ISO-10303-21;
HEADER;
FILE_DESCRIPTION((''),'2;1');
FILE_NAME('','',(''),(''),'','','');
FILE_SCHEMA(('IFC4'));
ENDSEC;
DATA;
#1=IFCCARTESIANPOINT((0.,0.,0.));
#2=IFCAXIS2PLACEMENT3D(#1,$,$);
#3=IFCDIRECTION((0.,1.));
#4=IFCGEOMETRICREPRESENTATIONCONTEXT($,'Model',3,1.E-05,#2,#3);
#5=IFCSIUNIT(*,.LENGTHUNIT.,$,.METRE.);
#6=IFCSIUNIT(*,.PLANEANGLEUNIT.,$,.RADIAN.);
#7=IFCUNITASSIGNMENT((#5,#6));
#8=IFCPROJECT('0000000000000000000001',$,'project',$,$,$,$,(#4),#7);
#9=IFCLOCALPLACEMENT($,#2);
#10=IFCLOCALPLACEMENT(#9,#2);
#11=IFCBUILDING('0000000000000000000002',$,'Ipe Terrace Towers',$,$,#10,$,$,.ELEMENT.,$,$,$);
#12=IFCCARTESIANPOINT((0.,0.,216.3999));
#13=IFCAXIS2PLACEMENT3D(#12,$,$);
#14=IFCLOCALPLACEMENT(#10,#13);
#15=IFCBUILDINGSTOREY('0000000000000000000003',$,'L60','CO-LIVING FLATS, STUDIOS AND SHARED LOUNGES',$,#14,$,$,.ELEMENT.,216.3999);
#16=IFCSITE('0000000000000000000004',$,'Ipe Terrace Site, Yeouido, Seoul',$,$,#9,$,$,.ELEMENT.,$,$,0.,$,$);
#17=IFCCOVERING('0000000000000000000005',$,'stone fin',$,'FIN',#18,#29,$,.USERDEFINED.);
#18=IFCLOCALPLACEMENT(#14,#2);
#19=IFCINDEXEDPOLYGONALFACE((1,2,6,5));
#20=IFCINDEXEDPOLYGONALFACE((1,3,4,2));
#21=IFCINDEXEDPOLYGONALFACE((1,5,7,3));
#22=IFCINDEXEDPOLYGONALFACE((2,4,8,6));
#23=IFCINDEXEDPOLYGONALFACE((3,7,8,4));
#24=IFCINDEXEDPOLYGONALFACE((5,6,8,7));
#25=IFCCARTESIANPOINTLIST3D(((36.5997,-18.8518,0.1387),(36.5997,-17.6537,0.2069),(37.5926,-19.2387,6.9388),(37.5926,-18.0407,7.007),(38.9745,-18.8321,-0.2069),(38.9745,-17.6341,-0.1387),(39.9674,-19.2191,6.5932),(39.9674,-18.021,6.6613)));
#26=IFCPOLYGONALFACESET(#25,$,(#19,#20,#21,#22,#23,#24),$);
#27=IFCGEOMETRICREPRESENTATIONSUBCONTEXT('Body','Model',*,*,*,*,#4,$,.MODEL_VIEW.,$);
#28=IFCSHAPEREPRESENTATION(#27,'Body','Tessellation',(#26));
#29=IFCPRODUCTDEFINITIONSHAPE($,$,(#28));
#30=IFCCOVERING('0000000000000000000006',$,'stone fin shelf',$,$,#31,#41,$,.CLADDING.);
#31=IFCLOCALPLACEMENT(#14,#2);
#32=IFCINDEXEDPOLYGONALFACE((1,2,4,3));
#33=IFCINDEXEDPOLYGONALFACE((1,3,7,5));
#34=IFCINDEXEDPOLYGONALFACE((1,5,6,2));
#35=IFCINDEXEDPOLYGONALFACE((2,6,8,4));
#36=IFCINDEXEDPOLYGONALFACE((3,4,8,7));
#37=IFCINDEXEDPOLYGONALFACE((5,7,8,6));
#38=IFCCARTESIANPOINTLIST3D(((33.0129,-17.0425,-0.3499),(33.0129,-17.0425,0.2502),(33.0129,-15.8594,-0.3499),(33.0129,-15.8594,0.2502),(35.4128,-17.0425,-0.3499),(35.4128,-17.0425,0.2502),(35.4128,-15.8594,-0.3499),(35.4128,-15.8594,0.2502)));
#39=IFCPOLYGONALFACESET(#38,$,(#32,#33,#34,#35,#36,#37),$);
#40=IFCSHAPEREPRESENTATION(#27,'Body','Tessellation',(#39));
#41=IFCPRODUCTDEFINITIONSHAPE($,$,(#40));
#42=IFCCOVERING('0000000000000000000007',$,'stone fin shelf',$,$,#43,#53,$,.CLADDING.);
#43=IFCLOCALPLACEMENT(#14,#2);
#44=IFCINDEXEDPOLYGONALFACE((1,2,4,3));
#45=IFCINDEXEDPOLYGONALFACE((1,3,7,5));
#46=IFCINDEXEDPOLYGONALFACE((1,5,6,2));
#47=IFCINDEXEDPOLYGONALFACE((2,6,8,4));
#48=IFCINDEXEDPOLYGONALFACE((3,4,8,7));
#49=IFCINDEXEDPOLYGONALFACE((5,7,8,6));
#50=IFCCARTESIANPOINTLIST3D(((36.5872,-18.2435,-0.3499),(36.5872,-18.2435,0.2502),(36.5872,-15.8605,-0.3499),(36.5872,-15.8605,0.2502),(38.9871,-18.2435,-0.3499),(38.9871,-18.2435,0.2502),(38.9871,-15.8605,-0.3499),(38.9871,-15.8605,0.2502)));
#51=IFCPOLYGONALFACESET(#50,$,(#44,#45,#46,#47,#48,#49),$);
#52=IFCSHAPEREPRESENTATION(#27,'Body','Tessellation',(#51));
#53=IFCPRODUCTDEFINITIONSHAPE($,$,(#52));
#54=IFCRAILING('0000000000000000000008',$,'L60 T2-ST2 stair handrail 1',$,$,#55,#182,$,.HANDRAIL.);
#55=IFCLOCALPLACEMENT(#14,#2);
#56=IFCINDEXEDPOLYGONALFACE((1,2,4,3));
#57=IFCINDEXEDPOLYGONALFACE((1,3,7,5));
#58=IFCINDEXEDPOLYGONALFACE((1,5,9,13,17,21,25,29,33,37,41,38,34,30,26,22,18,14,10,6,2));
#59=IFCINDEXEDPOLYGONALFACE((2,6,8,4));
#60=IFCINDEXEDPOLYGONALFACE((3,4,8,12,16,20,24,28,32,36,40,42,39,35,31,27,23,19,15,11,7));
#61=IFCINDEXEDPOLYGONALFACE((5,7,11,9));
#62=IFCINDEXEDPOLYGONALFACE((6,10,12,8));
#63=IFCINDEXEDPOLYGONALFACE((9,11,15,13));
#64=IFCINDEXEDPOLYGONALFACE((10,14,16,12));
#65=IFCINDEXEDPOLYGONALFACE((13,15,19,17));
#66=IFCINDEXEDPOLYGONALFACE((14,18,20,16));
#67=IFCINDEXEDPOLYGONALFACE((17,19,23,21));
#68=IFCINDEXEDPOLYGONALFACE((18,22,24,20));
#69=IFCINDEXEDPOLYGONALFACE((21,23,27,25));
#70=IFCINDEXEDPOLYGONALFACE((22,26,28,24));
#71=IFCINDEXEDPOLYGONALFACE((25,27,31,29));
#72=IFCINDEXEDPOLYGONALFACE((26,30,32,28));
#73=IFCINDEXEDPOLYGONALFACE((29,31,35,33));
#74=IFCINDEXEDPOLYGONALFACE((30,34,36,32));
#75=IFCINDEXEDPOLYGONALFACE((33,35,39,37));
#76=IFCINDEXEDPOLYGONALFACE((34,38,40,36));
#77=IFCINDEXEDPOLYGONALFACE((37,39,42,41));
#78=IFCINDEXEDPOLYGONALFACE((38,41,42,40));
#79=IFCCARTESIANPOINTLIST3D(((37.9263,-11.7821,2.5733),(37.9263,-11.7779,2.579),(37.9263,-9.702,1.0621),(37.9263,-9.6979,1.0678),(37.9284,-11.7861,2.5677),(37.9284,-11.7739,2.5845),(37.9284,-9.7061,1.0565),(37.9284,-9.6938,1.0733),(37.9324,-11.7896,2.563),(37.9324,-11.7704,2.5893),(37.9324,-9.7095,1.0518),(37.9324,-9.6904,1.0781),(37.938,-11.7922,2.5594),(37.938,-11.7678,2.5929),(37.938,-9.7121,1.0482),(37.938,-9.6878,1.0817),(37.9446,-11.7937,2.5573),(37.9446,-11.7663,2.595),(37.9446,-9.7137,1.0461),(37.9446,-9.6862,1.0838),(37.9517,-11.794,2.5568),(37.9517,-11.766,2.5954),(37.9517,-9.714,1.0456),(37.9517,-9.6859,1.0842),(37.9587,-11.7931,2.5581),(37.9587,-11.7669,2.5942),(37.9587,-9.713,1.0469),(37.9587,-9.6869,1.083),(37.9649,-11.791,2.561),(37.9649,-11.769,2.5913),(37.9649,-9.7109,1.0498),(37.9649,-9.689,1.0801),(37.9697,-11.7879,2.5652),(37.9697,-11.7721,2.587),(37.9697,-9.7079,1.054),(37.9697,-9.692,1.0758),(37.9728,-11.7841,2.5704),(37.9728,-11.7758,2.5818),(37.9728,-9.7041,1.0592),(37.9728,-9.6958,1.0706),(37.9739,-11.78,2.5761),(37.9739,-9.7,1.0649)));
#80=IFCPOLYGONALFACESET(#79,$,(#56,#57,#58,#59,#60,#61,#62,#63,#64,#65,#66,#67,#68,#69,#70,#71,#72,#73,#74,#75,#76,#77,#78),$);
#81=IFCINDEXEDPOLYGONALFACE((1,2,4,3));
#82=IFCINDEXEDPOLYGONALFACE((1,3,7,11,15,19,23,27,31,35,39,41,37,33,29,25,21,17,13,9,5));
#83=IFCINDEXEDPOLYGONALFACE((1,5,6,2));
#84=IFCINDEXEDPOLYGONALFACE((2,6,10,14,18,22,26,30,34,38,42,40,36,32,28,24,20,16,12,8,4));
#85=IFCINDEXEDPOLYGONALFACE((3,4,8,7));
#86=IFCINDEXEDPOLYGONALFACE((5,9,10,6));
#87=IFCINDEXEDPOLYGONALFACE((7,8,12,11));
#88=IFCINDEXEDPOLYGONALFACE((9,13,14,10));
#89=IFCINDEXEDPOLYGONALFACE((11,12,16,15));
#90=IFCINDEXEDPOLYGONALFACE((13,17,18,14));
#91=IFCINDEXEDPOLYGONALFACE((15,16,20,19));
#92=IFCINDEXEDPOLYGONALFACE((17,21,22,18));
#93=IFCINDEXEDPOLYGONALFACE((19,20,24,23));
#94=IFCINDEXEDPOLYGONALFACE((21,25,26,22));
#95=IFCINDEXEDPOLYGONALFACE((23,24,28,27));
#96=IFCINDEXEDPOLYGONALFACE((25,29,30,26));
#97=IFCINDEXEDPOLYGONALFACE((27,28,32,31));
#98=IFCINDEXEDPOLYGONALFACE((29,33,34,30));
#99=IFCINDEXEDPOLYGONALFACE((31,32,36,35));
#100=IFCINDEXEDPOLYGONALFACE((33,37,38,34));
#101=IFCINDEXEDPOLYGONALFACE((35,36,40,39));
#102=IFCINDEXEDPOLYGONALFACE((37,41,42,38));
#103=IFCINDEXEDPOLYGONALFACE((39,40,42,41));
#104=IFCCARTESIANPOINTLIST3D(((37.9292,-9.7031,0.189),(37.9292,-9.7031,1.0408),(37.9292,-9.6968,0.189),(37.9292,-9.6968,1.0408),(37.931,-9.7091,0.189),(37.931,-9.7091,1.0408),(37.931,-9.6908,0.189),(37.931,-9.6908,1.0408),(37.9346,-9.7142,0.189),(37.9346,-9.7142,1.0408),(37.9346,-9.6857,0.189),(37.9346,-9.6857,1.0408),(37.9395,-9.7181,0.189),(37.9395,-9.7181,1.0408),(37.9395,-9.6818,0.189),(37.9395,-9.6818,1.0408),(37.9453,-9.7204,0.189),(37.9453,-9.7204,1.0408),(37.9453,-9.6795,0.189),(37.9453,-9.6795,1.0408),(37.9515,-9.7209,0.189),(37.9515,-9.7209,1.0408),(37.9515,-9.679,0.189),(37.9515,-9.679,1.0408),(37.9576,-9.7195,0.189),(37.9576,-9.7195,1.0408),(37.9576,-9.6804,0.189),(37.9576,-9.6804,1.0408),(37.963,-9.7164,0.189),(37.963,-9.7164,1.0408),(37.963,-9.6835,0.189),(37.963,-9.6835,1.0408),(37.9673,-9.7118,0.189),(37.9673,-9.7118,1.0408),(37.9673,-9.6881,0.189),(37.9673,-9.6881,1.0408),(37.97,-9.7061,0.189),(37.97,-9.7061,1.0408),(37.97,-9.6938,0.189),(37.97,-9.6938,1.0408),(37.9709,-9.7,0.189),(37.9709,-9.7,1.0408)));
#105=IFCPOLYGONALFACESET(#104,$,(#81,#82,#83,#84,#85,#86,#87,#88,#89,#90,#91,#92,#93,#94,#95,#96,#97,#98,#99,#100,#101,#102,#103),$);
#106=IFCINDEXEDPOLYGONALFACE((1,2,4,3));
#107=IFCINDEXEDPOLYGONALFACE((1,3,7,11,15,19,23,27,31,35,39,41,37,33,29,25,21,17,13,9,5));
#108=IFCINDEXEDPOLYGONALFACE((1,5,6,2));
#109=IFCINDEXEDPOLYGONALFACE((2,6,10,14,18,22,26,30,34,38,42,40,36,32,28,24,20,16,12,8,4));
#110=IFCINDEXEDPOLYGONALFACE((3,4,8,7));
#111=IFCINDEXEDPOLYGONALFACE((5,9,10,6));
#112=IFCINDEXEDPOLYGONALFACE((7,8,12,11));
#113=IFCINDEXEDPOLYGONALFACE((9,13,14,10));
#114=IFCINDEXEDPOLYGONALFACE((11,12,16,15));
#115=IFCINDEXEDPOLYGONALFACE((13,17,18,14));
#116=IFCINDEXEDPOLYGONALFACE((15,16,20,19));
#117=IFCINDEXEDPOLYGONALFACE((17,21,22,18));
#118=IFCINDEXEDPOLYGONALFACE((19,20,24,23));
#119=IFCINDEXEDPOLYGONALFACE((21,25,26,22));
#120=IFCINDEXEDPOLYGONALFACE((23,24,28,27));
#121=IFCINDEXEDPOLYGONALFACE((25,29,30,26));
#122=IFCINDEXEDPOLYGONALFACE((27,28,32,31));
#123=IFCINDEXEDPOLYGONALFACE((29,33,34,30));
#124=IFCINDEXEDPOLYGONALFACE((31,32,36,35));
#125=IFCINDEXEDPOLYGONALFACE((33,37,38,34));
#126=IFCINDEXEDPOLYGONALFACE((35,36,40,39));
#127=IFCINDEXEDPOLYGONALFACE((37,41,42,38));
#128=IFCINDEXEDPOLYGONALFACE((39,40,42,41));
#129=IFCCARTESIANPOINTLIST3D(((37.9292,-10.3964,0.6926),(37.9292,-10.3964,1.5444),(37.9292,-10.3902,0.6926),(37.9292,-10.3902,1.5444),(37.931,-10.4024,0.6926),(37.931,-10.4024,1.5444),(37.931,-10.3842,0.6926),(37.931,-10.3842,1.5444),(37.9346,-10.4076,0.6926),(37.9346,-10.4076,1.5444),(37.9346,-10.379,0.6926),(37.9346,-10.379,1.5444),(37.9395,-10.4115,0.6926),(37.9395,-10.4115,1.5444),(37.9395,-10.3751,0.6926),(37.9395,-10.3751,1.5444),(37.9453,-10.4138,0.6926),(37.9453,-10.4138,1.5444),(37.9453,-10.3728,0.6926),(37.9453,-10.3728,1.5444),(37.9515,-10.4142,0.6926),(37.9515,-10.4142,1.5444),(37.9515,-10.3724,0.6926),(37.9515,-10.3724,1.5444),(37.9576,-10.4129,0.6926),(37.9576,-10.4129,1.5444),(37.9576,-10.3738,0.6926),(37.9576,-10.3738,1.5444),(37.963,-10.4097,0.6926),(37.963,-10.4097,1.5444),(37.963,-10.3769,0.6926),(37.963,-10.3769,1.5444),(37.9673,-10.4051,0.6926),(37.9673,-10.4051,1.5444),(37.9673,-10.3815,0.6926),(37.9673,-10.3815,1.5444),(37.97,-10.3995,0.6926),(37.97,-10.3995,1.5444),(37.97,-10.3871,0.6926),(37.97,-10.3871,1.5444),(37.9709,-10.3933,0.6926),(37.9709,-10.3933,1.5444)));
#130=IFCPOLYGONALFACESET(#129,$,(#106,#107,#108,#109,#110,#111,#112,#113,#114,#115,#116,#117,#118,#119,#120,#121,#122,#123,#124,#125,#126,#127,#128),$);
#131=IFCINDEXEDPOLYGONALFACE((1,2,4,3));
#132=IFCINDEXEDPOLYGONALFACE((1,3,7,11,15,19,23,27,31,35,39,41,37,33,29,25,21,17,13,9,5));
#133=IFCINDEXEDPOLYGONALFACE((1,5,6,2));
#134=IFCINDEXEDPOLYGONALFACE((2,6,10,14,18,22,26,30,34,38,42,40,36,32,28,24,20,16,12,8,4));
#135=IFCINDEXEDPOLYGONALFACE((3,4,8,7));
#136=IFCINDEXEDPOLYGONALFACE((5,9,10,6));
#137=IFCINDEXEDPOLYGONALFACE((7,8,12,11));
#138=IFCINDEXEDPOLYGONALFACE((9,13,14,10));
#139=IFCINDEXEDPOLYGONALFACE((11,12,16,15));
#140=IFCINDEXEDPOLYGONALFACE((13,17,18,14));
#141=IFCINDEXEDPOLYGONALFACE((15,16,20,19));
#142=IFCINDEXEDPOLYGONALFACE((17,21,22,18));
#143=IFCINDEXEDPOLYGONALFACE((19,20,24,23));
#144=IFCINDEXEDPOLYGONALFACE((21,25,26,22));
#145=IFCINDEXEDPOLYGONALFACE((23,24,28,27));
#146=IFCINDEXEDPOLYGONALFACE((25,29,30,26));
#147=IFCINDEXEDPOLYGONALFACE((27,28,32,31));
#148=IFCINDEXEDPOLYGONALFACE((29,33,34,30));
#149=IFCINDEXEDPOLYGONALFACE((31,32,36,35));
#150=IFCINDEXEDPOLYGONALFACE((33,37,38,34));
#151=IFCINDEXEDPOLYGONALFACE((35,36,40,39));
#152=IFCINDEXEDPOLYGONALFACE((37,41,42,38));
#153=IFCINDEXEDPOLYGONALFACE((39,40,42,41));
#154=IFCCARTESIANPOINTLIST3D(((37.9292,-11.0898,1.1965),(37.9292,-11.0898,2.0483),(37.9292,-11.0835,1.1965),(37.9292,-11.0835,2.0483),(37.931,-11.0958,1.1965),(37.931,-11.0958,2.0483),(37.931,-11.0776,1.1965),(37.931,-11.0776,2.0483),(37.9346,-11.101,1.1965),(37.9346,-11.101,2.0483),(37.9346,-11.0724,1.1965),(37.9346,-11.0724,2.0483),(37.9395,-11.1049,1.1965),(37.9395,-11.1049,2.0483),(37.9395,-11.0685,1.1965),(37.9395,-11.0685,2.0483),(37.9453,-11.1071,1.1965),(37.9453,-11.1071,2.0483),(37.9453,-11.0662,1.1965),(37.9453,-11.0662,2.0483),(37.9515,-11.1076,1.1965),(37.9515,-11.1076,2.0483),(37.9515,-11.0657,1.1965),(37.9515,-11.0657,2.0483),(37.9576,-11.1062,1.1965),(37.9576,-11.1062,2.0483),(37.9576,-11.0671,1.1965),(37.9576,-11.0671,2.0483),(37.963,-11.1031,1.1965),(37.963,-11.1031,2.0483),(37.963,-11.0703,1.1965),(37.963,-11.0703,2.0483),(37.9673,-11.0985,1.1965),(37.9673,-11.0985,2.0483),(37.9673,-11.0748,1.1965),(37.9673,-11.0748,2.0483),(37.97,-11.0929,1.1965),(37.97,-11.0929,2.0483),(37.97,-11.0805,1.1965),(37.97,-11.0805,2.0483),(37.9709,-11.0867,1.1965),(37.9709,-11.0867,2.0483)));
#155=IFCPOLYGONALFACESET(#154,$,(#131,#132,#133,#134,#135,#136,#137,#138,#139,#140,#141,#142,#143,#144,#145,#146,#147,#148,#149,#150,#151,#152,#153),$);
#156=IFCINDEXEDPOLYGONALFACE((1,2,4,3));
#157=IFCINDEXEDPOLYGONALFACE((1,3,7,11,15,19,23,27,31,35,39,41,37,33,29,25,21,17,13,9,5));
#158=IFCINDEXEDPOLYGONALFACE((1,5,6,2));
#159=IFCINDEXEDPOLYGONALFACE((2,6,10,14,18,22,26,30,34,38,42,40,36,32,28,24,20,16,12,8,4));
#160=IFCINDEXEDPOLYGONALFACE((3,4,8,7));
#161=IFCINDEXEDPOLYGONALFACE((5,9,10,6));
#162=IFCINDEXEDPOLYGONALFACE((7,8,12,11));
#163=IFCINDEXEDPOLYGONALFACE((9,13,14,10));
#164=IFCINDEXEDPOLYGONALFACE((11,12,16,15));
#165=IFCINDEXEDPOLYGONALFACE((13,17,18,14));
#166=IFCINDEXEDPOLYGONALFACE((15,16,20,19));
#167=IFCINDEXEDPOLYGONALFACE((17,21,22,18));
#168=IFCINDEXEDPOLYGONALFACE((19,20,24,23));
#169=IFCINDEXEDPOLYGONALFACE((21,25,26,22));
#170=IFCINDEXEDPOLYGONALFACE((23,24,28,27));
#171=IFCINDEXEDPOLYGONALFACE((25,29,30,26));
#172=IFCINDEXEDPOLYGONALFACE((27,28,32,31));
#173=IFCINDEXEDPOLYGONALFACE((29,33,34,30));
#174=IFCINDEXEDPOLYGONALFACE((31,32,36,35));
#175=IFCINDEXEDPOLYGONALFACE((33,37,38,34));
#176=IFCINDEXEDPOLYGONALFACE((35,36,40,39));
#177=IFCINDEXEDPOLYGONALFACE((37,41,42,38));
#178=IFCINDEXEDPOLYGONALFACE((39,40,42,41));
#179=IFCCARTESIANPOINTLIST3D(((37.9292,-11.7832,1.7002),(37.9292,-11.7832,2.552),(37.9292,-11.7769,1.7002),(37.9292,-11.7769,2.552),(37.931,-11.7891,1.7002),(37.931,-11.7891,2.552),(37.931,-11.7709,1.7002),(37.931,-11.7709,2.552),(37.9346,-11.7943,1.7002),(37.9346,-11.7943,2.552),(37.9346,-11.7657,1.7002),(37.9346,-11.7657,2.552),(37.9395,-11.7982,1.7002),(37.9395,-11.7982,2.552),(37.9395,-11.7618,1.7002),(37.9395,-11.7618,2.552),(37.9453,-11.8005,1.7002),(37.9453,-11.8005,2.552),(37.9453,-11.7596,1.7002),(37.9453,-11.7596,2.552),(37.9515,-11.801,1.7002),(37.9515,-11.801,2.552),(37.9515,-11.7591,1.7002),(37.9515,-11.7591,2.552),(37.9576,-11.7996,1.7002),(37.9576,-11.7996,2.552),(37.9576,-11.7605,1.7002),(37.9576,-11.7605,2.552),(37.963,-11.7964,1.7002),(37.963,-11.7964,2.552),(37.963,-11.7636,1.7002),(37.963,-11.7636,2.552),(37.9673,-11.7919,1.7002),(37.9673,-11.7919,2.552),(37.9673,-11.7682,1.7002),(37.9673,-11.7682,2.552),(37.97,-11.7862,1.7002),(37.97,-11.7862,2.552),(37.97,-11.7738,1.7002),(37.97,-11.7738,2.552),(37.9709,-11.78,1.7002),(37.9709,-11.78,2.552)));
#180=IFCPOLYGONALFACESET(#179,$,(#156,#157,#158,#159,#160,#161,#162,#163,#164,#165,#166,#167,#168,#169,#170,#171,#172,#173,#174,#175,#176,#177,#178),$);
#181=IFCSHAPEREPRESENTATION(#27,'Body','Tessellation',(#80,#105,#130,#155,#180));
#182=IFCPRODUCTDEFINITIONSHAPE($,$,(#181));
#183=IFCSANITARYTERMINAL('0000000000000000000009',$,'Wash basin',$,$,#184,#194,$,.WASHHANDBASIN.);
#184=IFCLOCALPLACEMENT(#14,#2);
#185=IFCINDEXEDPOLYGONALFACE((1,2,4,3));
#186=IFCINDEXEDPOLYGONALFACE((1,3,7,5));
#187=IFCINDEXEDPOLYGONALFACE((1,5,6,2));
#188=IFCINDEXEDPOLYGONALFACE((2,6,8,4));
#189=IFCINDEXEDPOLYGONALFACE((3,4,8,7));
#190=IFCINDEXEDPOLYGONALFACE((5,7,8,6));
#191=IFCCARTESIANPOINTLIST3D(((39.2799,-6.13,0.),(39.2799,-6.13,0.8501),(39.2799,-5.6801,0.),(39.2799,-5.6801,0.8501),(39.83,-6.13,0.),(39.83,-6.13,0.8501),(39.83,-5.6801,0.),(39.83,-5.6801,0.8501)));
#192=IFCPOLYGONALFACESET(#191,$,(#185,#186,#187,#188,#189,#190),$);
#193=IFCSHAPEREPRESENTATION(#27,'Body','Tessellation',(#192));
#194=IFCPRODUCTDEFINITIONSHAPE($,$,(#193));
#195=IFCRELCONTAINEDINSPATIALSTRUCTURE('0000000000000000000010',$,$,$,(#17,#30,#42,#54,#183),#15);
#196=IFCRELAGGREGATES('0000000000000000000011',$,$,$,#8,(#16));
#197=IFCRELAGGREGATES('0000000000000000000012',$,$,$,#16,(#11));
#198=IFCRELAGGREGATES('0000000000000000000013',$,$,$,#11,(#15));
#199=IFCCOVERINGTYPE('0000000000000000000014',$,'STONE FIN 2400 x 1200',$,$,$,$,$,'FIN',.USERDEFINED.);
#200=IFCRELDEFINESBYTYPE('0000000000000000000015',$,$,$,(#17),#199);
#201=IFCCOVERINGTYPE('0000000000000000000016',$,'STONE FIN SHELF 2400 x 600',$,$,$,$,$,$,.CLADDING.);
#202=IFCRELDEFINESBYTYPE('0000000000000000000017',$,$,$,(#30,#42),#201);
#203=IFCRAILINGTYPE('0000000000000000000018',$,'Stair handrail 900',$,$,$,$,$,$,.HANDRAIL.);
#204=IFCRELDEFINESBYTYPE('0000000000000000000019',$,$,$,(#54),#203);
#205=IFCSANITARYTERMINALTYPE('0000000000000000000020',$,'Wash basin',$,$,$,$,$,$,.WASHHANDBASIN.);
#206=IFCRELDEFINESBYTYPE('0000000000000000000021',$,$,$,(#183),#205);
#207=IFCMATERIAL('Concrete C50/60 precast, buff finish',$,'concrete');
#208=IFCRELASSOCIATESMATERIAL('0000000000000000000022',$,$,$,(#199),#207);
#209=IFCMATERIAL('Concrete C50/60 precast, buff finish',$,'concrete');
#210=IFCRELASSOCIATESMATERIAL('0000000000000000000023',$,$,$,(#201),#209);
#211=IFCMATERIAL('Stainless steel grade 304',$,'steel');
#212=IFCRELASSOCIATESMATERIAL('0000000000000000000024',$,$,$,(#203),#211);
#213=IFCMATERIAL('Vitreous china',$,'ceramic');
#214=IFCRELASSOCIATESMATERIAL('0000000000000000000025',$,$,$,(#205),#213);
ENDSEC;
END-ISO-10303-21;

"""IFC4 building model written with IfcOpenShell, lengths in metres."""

from ifc_helpers import new_model, si_unit, direction, frame, origin, origin_2d, place, context, subcontext, project, spatial, rectangle, circle, extrude, material, material_profile, profile_set, type_object, element, save


model = new_model("IFC4")

# Units and contexts
model_context = context("Model", 3, precision=1e-05, world=origin(), true_north=direction((0.0, 1.0)))
body_context = subcontext(model_context, "Body", "Model", "MODEL_VIEW")
ifc_project = project(units=[si_unit("LENGTHUNIT", "METRE"), si_unit("PLANEANGLEUNIT", "RADIAN")], contexts=[model_context])

# Site, building, storey
site_placement = place(None, origin())
site = spatial("IfcSite", under=ifc_project, at=site_placement, Name="Ipe Terrace Site, Yeouido, Seoul", CompositionType="ELEMENT", RefElevation=0.0)
building_placement = place(site_placement, origin())
building = spatial("IfcBuilding", under=site, at=building_placement, Name="Ipe Terrace Towers", CompositionType="ELEMENT")
storey_placement = place(building_placement, frame((0.0, 0.0, 216.3999)))
storey = spatial("IfcBuildingStorey", under=building, at=storey_placement, Name="L60", Description="CO-LIVING FLATS, STUDIOS AND SHARED LOUNGES", CompositionType="ELEMENT", Elevation=216.3999)

# Coverings
ifc_material_1 = material(Name="Concrete C50/60 precast, buff finish", Category="concrete")
ifc_material_profile = material_profile(ifc_material_1, rectangle(XDim=2.3999, YDim=1.2, at=origin_2d()), Name="STONE FIN 2400 x 1200")
ifc_profile_set = profile_set([ifc_material_profile], Name="Concrete C50/60 precast, buff finish")
covering_type_1 = type_object("IfcCoveringType", Name="STONE FIN 2400 x 1200", ElementType="FIN", PredefinedType="USERDEFINED", material=ifc_profile_set)
covering_1_placement = place(storey_placement, frame((37.7871, -18.2429, 0.0), z_axis=(0.144256, -0.05622, 0.987942), x_axis=(0.98954, 0.008196, -0.144023)))
element("IfcCovering", 1, at=covering_1_placement, inside=storey, type_object=covering_type_1, Name="stone fin", ObjectType="FIN", PredefinedType="USERDEFINED", context=body_context, shape_type="SweptSolid", body=[
    extrude(rectangle(XDim=2.3999, YDim=1.2, at=origin_2d()), origin(), (0.0, 0.0, 1.0), 6.8831),
])
ifc_material_2 = material(Name="Concrete C50/60 precast, buff finish", Category="concrete")
covering_type_2 = type_object("IfcCoveringType", Name="STONE FIN SHELF 2400 x 600", PredefinedType="CLADDING", material=ifc_material_2)
covering_2_placement = place(storey_placement, frame((34.2129, -16.4509, -0.3499), z_axis=(0.0, 0.0, 1.0), x_axis=(1.0, 0.0, 0.0)))
element("IfcCovering", 2, at=covering_2_placement, inside=storey, type_object=covering_type_2, Name="stone fin shelf", PredefinedType="CLADDING", context=body_context, shape_type="SweptSolid", body=[
    extrude(rectangle(XDim=2.3999, YDim=1.1831, at=origin_2d()), origin(), (0.0, 0.0, 1.0), 0.6001),
])
covering_3_placement = place(storey_placement, frame((37.7871, -17.052, -0.3499), z_axis=(0.0, 0.0, 1.0), x_axis=(1.0, 0.0, 0.0)))
element("IfcCovering", 3, at=covering_3_placement, inside=storey, type_object=covering_type_2, Name="stone fin shelf", PredefinedType="CLADDING", context=body_context, shape_type="SweptSolid", body=[
    extrude(rectangle(XDim=2.3999, YDim=2.3831, at=origin_2d()), origin(), (0.0, 0.0, 1.0), 0.6001),
])

# Railing
ifc_material_3 = material(Name="Stainless steel grade 304", Category="steel")
railing_type_1 = type_object("IfcRailingType", Name="Stair handrail 900", PredefinedType="HANDRAIL", material=ifc_material_3)
railing_1_placement = place(storey_placement, frame((37.95, -9.7, 0.189)))
element("IfcRailing", 4, at=railing_1_placement, inside=storey, type_object=railing_type_1, Name="L60 T2-ST2 stair handrail 1", PredefinedType="HANDRAIL", context=body_context, shape_type="SweptSolid", body=[
    extrude(circle(Radius=0.0239, at=origin_2d()), frame((0.0, 0.0, 0.876), z_axis=(0.0, -0.809023, 0.587776), x_axis=(1.0, 0.0, 0.0)), (0.0, 0.0, 1.0), 2.571),
    extrude(circle(Radius=0.021, at=origin_2d()), origin(), (0.0, 0.0, 1.0), 0.8518),
    extrude(circle(Radius=0.021, at=origin_2d()), frame((0.0, -0.6934, 0.5037)), (0.0, 0.0, 1.0), 0.8518),
    extrude(circle(Radius=0.021, at=origin_2d()), frame((0.0, -1.3867, 1.0076)), (0.0, 0.0, 1.0), 0.8518),
    extrude(circle(Radius=0.021, at=origin_2d()), frame((0.0, -2.0801, 1.5112)), (0.0, 0.0, 1.0), 0.8518),
])

# Sanitary terminal
ifc_material_4 = material(Name="Vitreous china", Category="ceramic")
sanitary_terminal_type_1 = type_object("IfcSanitaryTerminalType", Name="Wash basin", PredefinedType="WASHHANDBASIN", material=ifc_material_4)
sanitary_terminal_1_placement = place(storey_placement, frame((39.5549, -5.905, 0.0), z_axis=(0.0, 0.0, 1.0), x_axis=(-1.0, 0.0, 0.0)))
element("IfcSanitaryTerminal", 5, at=sanitary_terminal_1_placement, inside=storey, type_object=sanitary_terminal_type_1, Name="Wash basin", PredefinedType="WASHHANDBASIN", context=body_context, shape_type="SweptSolid", body=[
    extrude(rectangle(XDim=0.55, YDim=0.45, at=origin_2d()), origin(), (0.0, 0.0, 1.0), 0.8501),
])

save(model, "model.ifc")
